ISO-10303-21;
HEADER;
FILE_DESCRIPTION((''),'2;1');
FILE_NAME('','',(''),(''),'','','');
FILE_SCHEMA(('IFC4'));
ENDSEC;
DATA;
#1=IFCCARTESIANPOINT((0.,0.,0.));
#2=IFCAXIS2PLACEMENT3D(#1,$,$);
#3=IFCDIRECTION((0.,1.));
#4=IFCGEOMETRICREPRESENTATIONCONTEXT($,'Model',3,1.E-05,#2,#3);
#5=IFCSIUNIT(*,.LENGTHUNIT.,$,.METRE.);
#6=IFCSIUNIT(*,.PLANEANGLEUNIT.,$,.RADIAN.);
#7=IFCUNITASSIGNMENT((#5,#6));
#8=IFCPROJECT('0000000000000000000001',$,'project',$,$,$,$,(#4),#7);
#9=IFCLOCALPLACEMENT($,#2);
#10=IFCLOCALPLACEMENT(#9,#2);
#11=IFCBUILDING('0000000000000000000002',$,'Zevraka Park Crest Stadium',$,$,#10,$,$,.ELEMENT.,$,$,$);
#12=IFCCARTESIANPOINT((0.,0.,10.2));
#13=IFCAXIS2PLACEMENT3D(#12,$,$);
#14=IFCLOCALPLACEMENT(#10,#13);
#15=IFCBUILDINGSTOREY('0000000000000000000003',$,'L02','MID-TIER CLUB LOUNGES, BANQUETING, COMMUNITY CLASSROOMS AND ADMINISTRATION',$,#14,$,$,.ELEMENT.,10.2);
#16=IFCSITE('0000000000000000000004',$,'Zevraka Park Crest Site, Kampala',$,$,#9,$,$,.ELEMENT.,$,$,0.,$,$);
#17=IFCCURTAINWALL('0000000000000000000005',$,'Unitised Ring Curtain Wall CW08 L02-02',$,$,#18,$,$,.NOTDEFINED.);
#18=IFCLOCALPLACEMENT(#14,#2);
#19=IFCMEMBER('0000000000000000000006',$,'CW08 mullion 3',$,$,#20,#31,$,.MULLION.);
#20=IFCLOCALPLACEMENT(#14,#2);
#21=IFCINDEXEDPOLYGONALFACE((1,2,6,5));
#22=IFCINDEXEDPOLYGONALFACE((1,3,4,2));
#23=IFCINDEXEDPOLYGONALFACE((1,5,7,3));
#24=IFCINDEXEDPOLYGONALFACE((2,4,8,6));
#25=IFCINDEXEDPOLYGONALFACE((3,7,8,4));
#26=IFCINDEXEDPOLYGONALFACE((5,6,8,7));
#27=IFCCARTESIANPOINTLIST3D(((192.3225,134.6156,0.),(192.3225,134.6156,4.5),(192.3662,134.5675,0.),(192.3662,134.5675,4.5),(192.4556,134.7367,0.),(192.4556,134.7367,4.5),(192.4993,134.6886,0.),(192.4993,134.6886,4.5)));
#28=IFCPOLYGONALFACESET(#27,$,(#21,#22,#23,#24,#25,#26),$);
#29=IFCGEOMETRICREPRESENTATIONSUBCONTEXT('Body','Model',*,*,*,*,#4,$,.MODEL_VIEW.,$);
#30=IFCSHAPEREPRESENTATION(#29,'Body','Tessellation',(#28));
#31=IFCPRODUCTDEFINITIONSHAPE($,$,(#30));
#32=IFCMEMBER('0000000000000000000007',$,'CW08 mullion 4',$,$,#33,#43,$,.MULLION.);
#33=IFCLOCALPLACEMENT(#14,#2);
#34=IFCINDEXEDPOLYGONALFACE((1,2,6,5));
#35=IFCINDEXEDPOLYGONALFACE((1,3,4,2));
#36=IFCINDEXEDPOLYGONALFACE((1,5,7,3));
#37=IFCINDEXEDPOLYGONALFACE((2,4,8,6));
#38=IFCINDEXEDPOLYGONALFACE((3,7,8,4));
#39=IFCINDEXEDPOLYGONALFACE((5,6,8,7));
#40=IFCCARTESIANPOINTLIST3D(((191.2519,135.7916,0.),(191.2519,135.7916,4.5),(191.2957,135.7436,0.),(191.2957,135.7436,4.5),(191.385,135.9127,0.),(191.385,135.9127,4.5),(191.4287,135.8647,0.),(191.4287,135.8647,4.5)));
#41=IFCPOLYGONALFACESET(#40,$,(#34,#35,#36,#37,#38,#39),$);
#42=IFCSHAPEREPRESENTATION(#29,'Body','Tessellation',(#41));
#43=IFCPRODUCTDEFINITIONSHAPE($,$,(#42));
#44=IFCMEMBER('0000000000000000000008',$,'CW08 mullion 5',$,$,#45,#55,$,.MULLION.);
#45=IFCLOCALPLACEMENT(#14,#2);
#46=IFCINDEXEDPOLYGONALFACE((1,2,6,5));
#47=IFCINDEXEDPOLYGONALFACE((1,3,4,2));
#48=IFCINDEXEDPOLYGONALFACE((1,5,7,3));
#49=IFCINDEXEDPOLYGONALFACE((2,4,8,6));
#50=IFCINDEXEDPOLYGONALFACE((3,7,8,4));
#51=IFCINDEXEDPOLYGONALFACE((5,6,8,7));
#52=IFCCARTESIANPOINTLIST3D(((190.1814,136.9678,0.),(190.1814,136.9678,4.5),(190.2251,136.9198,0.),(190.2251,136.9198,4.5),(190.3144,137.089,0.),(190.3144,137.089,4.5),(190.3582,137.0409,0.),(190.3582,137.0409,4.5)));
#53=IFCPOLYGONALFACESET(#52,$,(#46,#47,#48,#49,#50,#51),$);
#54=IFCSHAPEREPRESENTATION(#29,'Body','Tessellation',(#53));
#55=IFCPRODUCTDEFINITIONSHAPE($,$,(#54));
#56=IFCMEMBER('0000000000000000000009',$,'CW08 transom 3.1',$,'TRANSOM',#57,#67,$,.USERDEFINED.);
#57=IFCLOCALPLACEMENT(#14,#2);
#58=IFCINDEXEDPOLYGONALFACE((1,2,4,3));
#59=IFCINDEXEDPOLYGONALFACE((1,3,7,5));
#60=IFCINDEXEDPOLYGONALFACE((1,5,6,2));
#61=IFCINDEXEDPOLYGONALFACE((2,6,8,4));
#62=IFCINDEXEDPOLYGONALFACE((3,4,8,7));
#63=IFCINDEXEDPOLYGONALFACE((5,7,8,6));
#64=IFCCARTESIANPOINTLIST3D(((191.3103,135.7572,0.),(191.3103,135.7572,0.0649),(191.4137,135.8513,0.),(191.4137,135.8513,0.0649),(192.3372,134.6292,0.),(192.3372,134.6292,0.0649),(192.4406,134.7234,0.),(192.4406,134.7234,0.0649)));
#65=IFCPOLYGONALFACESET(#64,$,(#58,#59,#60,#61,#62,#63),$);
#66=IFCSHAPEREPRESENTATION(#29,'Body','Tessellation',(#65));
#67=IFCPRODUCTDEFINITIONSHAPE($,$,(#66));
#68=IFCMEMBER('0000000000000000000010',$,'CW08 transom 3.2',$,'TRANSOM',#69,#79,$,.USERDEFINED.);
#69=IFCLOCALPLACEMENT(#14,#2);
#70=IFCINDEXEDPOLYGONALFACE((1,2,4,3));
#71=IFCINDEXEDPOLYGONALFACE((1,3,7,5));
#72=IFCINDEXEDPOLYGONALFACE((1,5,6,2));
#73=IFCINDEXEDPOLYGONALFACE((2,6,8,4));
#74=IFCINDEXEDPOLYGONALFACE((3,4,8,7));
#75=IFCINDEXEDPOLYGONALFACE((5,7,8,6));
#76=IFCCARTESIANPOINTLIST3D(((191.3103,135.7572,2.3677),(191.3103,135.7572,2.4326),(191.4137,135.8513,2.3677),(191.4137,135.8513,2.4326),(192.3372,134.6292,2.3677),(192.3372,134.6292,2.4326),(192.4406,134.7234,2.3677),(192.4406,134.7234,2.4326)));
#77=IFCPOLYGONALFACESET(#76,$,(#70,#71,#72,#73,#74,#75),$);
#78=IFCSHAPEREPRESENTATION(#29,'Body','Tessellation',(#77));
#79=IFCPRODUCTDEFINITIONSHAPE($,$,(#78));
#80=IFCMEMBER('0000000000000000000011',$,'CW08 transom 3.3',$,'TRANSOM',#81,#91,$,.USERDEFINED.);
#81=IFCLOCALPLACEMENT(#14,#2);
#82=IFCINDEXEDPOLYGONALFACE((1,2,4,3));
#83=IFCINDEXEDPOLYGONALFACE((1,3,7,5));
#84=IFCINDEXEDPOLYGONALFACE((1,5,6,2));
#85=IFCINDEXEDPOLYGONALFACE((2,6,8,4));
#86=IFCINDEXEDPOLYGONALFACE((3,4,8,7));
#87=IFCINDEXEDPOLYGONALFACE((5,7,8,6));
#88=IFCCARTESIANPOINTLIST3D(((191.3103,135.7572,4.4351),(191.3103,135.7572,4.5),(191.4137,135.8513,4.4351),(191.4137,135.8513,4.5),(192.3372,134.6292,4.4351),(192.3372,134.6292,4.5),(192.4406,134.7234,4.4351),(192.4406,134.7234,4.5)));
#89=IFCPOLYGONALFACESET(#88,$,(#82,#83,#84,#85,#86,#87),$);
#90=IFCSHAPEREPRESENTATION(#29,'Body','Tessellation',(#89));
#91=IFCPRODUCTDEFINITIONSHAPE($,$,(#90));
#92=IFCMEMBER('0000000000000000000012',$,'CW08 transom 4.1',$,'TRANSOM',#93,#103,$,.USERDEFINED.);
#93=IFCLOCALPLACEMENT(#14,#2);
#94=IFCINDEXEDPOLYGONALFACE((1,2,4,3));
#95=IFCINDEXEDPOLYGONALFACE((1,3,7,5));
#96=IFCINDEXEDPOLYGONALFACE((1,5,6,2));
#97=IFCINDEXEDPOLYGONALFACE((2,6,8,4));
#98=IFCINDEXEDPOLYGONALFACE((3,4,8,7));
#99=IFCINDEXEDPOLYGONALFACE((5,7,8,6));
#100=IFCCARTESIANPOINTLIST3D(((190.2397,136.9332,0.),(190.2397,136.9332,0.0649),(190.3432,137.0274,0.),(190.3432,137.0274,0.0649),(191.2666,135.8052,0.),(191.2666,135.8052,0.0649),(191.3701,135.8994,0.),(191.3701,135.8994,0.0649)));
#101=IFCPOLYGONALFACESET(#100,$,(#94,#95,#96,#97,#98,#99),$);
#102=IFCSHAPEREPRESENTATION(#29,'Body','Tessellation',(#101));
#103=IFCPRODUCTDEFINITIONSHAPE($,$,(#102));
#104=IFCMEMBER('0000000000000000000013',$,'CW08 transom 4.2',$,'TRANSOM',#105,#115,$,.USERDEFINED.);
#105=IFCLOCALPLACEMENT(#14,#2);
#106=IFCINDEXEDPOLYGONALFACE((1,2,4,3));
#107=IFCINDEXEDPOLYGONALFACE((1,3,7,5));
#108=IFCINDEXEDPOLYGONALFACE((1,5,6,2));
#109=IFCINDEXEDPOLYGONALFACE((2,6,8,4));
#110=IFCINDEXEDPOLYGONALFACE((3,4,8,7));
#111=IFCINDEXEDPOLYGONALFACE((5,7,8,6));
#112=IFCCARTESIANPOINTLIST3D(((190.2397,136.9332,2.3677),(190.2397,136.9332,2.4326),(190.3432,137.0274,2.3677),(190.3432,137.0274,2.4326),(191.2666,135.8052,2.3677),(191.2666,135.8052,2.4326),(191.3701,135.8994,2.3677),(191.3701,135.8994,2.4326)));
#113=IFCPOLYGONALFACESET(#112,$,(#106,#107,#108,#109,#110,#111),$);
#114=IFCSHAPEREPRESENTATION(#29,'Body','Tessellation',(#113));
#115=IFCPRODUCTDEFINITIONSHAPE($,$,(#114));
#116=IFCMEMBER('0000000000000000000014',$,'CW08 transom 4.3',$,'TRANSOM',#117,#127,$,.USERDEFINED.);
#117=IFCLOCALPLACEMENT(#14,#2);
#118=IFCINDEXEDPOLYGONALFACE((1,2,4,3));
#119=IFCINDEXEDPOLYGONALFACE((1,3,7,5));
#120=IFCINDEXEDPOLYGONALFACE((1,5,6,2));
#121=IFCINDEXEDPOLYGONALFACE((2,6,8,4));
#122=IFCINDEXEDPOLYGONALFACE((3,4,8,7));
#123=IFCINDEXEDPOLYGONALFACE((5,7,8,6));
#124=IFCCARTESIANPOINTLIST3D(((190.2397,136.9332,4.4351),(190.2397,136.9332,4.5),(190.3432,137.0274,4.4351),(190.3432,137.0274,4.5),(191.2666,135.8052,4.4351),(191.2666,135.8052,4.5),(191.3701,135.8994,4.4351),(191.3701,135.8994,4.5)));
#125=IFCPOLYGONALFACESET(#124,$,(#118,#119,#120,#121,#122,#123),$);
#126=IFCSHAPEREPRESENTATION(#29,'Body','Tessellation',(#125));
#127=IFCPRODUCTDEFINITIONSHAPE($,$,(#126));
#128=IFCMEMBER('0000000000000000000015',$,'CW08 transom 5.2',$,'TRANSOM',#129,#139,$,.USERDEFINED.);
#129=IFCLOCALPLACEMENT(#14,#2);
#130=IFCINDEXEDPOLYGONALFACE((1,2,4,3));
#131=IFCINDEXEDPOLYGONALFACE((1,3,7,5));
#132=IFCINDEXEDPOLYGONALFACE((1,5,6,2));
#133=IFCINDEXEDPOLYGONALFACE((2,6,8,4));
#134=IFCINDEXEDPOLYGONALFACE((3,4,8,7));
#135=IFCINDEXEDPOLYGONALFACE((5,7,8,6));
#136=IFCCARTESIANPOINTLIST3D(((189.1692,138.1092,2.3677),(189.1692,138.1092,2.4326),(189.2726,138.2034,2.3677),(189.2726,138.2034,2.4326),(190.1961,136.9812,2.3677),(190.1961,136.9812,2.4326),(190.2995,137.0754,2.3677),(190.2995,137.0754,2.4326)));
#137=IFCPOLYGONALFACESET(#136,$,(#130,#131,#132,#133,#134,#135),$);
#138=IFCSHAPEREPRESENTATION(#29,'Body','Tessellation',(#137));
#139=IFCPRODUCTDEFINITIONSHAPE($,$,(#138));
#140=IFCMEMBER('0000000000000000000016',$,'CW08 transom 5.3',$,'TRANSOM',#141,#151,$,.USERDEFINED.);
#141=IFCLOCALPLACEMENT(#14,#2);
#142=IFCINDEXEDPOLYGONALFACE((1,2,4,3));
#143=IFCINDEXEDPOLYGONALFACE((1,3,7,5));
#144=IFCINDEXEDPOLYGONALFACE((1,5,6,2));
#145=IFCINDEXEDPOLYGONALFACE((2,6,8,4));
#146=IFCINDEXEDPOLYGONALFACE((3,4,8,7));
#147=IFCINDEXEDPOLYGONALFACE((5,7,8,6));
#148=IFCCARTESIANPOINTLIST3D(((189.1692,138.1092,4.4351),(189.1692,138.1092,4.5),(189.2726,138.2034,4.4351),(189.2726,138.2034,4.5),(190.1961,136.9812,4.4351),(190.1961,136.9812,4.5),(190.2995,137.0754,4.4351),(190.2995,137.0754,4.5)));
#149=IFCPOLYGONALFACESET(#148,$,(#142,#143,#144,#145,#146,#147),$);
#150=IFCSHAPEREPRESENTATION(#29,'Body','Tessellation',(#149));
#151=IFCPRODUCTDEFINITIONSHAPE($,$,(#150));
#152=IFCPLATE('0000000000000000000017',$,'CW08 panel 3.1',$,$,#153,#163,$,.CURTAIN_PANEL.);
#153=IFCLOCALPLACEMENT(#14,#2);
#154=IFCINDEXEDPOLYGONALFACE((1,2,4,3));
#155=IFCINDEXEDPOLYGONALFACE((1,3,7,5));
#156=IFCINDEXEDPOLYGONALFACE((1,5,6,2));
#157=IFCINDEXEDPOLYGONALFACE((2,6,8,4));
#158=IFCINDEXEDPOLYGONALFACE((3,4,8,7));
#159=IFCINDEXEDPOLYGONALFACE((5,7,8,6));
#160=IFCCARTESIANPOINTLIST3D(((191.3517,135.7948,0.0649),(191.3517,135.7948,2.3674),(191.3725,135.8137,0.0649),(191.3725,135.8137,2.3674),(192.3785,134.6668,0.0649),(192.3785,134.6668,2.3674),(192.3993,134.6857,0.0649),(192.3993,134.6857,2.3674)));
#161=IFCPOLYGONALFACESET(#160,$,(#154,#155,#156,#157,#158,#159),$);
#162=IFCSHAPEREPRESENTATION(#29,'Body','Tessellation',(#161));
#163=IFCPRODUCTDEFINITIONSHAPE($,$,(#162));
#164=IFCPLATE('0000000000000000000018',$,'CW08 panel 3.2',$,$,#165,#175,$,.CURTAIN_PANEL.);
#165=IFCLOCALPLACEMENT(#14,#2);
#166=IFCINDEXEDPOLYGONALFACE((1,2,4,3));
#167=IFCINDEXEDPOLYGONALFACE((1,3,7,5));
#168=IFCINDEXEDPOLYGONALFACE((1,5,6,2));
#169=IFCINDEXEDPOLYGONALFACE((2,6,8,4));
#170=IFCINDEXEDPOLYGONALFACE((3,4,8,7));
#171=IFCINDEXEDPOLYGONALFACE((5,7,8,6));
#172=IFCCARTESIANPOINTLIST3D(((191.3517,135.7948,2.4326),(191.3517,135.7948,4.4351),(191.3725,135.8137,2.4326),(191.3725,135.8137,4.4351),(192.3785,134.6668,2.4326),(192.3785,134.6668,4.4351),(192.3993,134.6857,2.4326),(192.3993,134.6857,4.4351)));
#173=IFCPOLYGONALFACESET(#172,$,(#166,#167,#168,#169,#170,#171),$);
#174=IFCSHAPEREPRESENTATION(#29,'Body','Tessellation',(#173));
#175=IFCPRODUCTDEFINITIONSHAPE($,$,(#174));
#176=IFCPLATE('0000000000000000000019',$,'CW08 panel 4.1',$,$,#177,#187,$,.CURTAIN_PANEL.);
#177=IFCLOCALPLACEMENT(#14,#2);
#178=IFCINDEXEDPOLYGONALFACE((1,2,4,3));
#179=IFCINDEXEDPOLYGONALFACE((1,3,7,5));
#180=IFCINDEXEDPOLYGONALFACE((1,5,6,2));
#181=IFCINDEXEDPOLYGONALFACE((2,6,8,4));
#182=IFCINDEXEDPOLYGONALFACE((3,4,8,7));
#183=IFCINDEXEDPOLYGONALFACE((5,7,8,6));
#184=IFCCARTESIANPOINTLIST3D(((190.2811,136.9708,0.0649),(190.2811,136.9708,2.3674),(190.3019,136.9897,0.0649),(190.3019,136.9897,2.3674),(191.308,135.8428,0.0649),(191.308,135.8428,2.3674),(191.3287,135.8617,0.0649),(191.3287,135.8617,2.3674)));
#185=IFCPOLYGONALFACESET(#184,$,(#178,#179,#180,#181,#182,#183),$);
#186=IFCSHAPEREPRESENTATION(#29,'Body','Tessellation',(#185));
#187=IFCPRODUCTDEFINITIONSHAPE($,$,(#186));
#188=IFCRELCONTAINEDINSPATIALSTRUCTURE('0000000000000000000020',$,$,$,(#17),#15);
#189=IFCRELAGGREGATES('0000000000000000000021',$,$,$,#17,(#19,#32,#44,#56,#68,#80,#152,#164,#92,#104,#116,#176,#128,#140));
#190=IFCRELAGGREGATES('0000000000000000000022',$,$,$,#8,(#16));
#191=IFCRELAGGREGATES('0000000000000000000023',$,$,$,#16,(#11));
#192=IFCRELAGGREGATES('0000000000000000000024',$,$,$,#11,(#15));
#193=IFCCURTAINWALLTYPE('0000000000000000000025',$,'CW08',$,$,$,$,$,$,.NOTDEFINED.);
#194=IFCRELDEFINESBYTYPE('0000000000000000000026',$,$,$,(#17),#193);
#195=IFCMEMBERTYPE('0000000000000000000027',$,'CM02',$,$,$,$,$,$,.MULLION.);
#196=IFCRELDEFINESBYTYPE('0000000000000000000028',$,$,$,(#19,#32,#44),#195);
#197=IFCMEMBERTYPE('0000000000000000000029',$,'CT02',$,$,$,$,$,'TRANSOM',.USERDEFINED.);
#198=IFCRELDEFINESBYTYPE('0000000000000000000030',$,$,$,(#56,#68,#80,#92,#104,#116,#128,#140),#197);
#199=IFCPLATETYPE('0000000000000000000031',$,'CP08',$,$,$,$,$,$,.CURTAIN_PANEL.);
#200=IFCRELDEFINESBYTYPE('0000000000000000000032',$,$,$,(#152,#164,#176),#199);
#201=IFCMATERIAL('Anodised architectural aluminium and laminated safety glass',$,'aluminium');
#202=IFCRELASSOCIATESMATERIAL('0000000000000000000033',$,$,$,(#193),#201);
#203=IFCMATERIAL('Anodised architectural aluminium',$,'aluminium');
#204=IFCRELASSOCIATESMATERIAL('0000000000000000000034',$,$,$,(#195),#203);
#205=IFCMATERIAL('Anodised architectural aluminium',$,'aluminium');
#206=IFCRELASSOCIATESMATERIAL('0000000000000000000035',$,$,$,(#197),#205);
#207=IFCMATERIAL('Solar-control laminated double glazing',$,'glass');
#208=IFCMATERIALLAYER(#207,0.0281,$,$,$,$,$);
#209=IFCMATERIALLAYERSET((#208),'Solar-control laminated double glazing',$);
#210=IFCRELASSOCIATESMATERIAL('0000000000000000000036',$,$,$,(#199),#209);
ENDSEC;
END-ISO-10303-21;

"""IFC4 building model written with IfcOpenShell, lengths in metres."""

from ifc_helpers import new_model, si_unit, direction, frame, origin, origin_2d, place, context, subcontext, project, spatial, rectangle, extrude, material, layer, layer_set, material_profile, profile_set, type_object, element, aggregate, save


model = new_model("IFC4")

# Units and contexts
model_context = context("Model", 3, precision=1e-05, world=origin(), true_north=direction((0.0, 1.0)))
body_context = subcontext(model_context, "Body", "Model", "MODEL_VIEW")
ifc_project = project(units=[si_unit("LENGTHUNIT", "METRE"), si_unit("PLANEANGLEUNIT", "RADIAN")], contexts=[model_context])

# Site, building, storey
site_placement = place(None, origin())
site = spatial("IfcSite", under=ifc_project, at=site_placement, Name="Zevraka Park Crest Site, Kampala", CompositionType="ELEMENT", RefElevation=0.0)
building_placement = place(site_placement, origin())
building = spatial("IfcBuilding", under=site, at=building_placement, Name="Zevraka Park Crest Stadium", CompositionType="ELEMENT")
storey_placement = place(building_placement, frame((0.0, 0.0, 10.2)))
storey = spatial("IfcBuildingStorey", under=building, at=storey_placement, Name="L02", Description="MID-TIER CLUB LOUNGES, BANQUETING, COMMUNITY CLASSROOMS AND ADMINISTRATION", CompositionType="ELEMENT", Elevation=10.2)

# Curtain wall, members, plates
ifc_material_1 = material(Name="Anodised architectural aluminium and laminated safety glass", Category="aluminium")
curtain_wall_type = type_object("IfcCurtainWallType", Name="CW08", PredefinedType="NOTDEFINED", material=ifc_material_1)
curtain_wall_placement = place(storey_placement, origin())
curtain_wall = element("IfcCurtainWall", 1, at=curtain_wall_placement, inside=storey, type_object=curtain_wall_type, Name="Unitised Ring Curtain Wall CW08 L02-02", PredefinedType="NOTDEFINED")
ifc_material_2 = material(Name="Anodised architectural aluminium", Category="aluminium")
ifc_material_profile_1 = material_profile(ifc_material_2, rectangle(XDim=0.1799, YDim=0.0649, at=origin_2d()), Name="ALU MULLION 180x65")
ifc_profile_set_1 = profile_set([ifc_material_profile_1], Name="Anodised architectural aluminium")
member_type_1 = type_object("IfcMemberType", Name="CM02", PredefinedType="MULLION", material=ifc_profile_set_1)
member_1_placement = place(storey_placement, frame((192.4109, 134.6521, 0.0), z_axis=(0.0, 0.0, 1.0), x_axis=(-0.739497, -0.67316, 0.0)))
member_1 = element("IfcMember", 2, at=member_1_placement, type_object=member_type_1, Name="CW08 mullion 3", PredefinedType="MULLION", context=body_context, shape_type="SweptSolid", body=[
    extrude(rectangle(XDim=0.1799, YDim=0.0649, at=origin_2d()), origin(), (0.0, 0.0, 1.0), 4.5),
])
member_2_placement = place(storey_placement, frame((191.3403, 135.8281, 0.0), z_axis=(0.0, 0.0, 1.0), x_axis=(-0.739497, -0.67316, 0.0)))
member_2 = element("IfcMember", 3, at=member_2_placement, type_object=member_type_1, Name="CW08 mullion 4", PredefinedType="MULLION", context=body_context, shape_type="SweptSolid", body=[
    extrude(rectangle(XDim=0.1799, YDim=0.0649, at=origin_2d()), origin(), (0.0, 0.0, 1.0), 4.5),
])
member_3_placement = place(storey_placement, frame((190.2698, 137.0044, 0.0), z_axis=(0.0, 0.0, 1.0), x_axis=(-0.739497, -0.67316, 0.0)))
member_3 = element("IfcMember", 4, at=member_3_placement, type_object=member_type_1, Name="CW08 mullion 5", PredefinedType="MULLION", context=body_context, shape_type="SweptSolid", body=[
    extrude(rectangle(XDim=0.1799, YDim=0.0649, at=origin_2d()), origin(), (0.0, 0.0, 1.0), 4.5),
])
ifc_material_3 = material(Name="Anodised architectural aluminium", Category="aluminium")
ifc_material_profile_2 = material_profile(ifc_material_3, rectangle(XDim=0.1399, YDim=0.0649, at=origin_2d()), Name="ALU TRANSOM 140x65")
ifc_profile_set_2 = profile_set([ifc_material_profile_2], Name="Anodised architectural aluminium")
member_type_2 = type_object("IfcMemberType", Name="CT02", ElementType="TRANSOM", PredefinedType="USERDEFINED", material=ifc_profile_set_2)
member_4_placement = place(storey_placement, frame((192.3889, 134.6763, 0.0325), z_axis=(-0.673198, 0.739462, 0.0), x_axis=(-0.739462, -0.673198, 0.0)))
member_4 = element("IfcMember", 5, at=member_4_placement, type_object=member_type_2, Name="CW08 transom 3.1", ObjectType="TRANSOM", PredefinedType="USERDEFINED", context=body_context, shape_type="SweptSolid", body=[
    extrude(rectangle(XDim=0.1399, YDim=0.0649, at=origin_2d()), origin(), (0.0, 0.0, 1.0), 1.5254),
])
member_5_placement = place(storey_placement, frame((192.3889, 134.6763, 2.4001), z_axis=(-0.673198, 0.739462, 0.0), x_axis=(-0.739462, -0.673198, 0.0)))
member_5 = element("IfcMember", 6, at=member_5_placement, type_object=member_type_2, Name="CW08 transom 3.2", ObjectType="TRANSOM", PredefinedType="USERDEFINED", context=body_context, shape_type="SweptSolid", body=[
    extrude(rectangle(XDim=0.1399, YDim=0.0649, at=origin_2d()), origin(), (0.0, 0.0, 1.0), 1.5254),
])
member_6_placement = place(storey_placement, frame((192.3889, 134.6763, 4.4675), z_axis=(-0.673198, 0.739462, 0.0), x_axis=(-0.739462, -0.673198, 0.0)))
member_6 = element("IfcMember", 7, at=member_6_placement, type_object=member_type_2, Name="CW08 transom 3.3", ObjectType="TRANSOM", PredefinedType="USERDEFINED", context=body_context, shape_type="SweptSolid", body=[
    extrude(rectangle(XDim=0.1399, YDim=0.0649, at=origin_2d()), origin(), (0.0, 0.0, 1.0), 1.5254),
])
member_7_placement = place(storey_placement, frame((191.3184, 135.8523, 0.0325), z_axis=(-0.673198, 0.739462, 0.0), x_axis=(-0.739462, -0.673198, 0.0)))
member_7 = element("IfcMember", 8, at=member_7_placement, type_object=member_type_2, Name="CW08 transom 4.1", ObjectType="TRANSOM", PredefinedType="USERDEFINED", context=body_context, shape_type="SweptSolid", body=[
    extrude(rectangle(XDim=0.1399, YDim=0.0649, at=origin_2d()), origin(), (0.0, 0.0, 1.0), 1.5254),
])
member_8_placement = place(storey_placement, frame((191.3184, 135.8523, 2.4001), z_axis=(-0.673198, 0.739462, 0.0), x_axis=(-0.739462, -0.673198, 0.0)))
member_8 = element("IfcMember", 9, at=member_8_placement, type_object=member_type_2, Name="CW08 transom 4.2", ObjectType="TRANSOM", PredefinedType="USERDEFINED", context=body_context, shape_type="SweptSolid", body=[
    extrude(rectangle(XDim=0.1399, YDim=0.0649, at=origin_2d()), origin(), (0.0, 0.0, 1.0), 1.5254),
])
member_9_placement = place(storey_placement, frame((191.3184, 135.8523, 4.4675), z_axis=(-0.673198, 0.739462, 0.0), x_axis=(-0.739462, -0.673198, 0.0)))
member_9 = element("IfcMember", 10, at=member_9_placement, type_object=member_type_2, Name="CW08 transom 4.3", ObjectType="TRANSOM", PredefinedType="USERDEFINED", context=body_context, shape_type="SweptSolid", body=[
    extrude(rectangle(XDim=0.1399, YDim=0.0649, at=origin_2d()), origin(), (0.0, 0.0, 1.0), 1.5254),
])
member_10_placement = place(storey_placement, frame((190.2478, 137.0283, 2.4001), z_axis=(-0.673198, 0.739462, 0.0), x_axis=(-0.739462, -0.673198, 0.0)))
member_10 = element("IfcMember", 11, at=member_10_placement, type_object=member_type_2, Name="CW08 transom 5.2", ObjectType="TRANSOM", PredefinedType="USERDEFINED", context=body_context, shape_type="SweptSolid", body=[
    extrude(rectangle(XDim=0.1399, YDim=0.0649, at=origin_2d()), origin(), (0.0, 0.0, 1.0), 1.5254),
])
member_11_placement = place(storey_placement, frame((190.2478, 137.0283, 4.4675), z_axis=(-0.673198, 0.739462, 0.0), x_axis=(-0.739462, -0.673198, 0.0)))
member_11 = element("IfcMember", 12, at=member_11_placement, type_object=member_type_2, Name="CW08 transom 5.3", ObjectType="TRANSOM", PredefinedType="USERDEFINED", context=body_context, shape_type="SweptSolid", body=[
    extrude(rectangle(XDim=0.1399, YDim=0.0649, at=origin_2d()), origin(), (0.0, 0.0, 1.0), 1.5254),
])
ifc_material_4 = material(Name="Solar-control laminated double glazing", Category="glass")
ifc_layer_1 = layer(ifc_material_4, 0.0281)
ifc_layer_set_1 = layer_set([ifc_layer_1], Name="Solar-control laminated double glazing")
plate_type = type_object("IfcPlateType", Name="CP08", PredefinedType="CURTAIN_PANEL", material=ifc_layer_set_1)
plate_1_placement = place(storey_placement, frame((191.8755, 135.2402, 0.0649), z_axis=(0.0, 0.0, 1.0), x_axis=(-0.67316, 0.739497, 0.0)))
plate_1 = element("IfcPlate", 13, at=plate_1_placement, type_object=plate_type, Name="CW08 panel 3.1", PredefinedType="CURTAIN_PANEL", context=body_context, shape_type="SweptSolid", body=[
    extrude(rectangle(XDim=1.5254, YDim=0.0281, at=origin_2d()), origin(), (0.0, 0.0, 1.0), 2.3025),
])
plate_2_placement = place(storey_placement, frame((191.8755, 135.2402, 2.4326), z_axis=(0.0, 0.0, 1.0), x_axis=(-0.67316, 0.739497, 0.0)))
plate_2 = element("IfcPlate", 14, at=plate_2_placement, type_object=plate_type, Name="CW08 panel 3.2", PredefinedType="CURTAIN_PANEL", context=body_context, shape_type="SweptSolid", body=[
    extrude(rectangle(XDim=1.5254, YDim=0.0281, at=origin_2d()), origin(), (0.0, 0.0, 1.0), 2.0024),
])
plate_3_placement = place(storey_placement, frame((190.8049, 136.4163, 0.0649), z_axis=(0.0, 0.0, 1.0), x_axis=(-0.67316, 0.739497, 0.0)))
plate_3 = element("IfcPlate", 15, at=plate_3_placement, type_object=plate_type, Name="CW08 panel 4.1", PredefinedType="CURTAIN_PANEL", context=body_context, shape_type="SweptSolid", body=[
    extrude(rectangle(XDim=1.5254, YDim=0.0281, at=origin_2d()), origin(), (0.0, 0.0, 1.0), 2.3025),
])
aggregate(curtain_wall, [member_1, member_2, member_3, member_4, member_5, member_6, plate_1, plate_2, member_7, member_8, member_9, plate_3, member_10, member_11])

save(model, "model.ifc")
